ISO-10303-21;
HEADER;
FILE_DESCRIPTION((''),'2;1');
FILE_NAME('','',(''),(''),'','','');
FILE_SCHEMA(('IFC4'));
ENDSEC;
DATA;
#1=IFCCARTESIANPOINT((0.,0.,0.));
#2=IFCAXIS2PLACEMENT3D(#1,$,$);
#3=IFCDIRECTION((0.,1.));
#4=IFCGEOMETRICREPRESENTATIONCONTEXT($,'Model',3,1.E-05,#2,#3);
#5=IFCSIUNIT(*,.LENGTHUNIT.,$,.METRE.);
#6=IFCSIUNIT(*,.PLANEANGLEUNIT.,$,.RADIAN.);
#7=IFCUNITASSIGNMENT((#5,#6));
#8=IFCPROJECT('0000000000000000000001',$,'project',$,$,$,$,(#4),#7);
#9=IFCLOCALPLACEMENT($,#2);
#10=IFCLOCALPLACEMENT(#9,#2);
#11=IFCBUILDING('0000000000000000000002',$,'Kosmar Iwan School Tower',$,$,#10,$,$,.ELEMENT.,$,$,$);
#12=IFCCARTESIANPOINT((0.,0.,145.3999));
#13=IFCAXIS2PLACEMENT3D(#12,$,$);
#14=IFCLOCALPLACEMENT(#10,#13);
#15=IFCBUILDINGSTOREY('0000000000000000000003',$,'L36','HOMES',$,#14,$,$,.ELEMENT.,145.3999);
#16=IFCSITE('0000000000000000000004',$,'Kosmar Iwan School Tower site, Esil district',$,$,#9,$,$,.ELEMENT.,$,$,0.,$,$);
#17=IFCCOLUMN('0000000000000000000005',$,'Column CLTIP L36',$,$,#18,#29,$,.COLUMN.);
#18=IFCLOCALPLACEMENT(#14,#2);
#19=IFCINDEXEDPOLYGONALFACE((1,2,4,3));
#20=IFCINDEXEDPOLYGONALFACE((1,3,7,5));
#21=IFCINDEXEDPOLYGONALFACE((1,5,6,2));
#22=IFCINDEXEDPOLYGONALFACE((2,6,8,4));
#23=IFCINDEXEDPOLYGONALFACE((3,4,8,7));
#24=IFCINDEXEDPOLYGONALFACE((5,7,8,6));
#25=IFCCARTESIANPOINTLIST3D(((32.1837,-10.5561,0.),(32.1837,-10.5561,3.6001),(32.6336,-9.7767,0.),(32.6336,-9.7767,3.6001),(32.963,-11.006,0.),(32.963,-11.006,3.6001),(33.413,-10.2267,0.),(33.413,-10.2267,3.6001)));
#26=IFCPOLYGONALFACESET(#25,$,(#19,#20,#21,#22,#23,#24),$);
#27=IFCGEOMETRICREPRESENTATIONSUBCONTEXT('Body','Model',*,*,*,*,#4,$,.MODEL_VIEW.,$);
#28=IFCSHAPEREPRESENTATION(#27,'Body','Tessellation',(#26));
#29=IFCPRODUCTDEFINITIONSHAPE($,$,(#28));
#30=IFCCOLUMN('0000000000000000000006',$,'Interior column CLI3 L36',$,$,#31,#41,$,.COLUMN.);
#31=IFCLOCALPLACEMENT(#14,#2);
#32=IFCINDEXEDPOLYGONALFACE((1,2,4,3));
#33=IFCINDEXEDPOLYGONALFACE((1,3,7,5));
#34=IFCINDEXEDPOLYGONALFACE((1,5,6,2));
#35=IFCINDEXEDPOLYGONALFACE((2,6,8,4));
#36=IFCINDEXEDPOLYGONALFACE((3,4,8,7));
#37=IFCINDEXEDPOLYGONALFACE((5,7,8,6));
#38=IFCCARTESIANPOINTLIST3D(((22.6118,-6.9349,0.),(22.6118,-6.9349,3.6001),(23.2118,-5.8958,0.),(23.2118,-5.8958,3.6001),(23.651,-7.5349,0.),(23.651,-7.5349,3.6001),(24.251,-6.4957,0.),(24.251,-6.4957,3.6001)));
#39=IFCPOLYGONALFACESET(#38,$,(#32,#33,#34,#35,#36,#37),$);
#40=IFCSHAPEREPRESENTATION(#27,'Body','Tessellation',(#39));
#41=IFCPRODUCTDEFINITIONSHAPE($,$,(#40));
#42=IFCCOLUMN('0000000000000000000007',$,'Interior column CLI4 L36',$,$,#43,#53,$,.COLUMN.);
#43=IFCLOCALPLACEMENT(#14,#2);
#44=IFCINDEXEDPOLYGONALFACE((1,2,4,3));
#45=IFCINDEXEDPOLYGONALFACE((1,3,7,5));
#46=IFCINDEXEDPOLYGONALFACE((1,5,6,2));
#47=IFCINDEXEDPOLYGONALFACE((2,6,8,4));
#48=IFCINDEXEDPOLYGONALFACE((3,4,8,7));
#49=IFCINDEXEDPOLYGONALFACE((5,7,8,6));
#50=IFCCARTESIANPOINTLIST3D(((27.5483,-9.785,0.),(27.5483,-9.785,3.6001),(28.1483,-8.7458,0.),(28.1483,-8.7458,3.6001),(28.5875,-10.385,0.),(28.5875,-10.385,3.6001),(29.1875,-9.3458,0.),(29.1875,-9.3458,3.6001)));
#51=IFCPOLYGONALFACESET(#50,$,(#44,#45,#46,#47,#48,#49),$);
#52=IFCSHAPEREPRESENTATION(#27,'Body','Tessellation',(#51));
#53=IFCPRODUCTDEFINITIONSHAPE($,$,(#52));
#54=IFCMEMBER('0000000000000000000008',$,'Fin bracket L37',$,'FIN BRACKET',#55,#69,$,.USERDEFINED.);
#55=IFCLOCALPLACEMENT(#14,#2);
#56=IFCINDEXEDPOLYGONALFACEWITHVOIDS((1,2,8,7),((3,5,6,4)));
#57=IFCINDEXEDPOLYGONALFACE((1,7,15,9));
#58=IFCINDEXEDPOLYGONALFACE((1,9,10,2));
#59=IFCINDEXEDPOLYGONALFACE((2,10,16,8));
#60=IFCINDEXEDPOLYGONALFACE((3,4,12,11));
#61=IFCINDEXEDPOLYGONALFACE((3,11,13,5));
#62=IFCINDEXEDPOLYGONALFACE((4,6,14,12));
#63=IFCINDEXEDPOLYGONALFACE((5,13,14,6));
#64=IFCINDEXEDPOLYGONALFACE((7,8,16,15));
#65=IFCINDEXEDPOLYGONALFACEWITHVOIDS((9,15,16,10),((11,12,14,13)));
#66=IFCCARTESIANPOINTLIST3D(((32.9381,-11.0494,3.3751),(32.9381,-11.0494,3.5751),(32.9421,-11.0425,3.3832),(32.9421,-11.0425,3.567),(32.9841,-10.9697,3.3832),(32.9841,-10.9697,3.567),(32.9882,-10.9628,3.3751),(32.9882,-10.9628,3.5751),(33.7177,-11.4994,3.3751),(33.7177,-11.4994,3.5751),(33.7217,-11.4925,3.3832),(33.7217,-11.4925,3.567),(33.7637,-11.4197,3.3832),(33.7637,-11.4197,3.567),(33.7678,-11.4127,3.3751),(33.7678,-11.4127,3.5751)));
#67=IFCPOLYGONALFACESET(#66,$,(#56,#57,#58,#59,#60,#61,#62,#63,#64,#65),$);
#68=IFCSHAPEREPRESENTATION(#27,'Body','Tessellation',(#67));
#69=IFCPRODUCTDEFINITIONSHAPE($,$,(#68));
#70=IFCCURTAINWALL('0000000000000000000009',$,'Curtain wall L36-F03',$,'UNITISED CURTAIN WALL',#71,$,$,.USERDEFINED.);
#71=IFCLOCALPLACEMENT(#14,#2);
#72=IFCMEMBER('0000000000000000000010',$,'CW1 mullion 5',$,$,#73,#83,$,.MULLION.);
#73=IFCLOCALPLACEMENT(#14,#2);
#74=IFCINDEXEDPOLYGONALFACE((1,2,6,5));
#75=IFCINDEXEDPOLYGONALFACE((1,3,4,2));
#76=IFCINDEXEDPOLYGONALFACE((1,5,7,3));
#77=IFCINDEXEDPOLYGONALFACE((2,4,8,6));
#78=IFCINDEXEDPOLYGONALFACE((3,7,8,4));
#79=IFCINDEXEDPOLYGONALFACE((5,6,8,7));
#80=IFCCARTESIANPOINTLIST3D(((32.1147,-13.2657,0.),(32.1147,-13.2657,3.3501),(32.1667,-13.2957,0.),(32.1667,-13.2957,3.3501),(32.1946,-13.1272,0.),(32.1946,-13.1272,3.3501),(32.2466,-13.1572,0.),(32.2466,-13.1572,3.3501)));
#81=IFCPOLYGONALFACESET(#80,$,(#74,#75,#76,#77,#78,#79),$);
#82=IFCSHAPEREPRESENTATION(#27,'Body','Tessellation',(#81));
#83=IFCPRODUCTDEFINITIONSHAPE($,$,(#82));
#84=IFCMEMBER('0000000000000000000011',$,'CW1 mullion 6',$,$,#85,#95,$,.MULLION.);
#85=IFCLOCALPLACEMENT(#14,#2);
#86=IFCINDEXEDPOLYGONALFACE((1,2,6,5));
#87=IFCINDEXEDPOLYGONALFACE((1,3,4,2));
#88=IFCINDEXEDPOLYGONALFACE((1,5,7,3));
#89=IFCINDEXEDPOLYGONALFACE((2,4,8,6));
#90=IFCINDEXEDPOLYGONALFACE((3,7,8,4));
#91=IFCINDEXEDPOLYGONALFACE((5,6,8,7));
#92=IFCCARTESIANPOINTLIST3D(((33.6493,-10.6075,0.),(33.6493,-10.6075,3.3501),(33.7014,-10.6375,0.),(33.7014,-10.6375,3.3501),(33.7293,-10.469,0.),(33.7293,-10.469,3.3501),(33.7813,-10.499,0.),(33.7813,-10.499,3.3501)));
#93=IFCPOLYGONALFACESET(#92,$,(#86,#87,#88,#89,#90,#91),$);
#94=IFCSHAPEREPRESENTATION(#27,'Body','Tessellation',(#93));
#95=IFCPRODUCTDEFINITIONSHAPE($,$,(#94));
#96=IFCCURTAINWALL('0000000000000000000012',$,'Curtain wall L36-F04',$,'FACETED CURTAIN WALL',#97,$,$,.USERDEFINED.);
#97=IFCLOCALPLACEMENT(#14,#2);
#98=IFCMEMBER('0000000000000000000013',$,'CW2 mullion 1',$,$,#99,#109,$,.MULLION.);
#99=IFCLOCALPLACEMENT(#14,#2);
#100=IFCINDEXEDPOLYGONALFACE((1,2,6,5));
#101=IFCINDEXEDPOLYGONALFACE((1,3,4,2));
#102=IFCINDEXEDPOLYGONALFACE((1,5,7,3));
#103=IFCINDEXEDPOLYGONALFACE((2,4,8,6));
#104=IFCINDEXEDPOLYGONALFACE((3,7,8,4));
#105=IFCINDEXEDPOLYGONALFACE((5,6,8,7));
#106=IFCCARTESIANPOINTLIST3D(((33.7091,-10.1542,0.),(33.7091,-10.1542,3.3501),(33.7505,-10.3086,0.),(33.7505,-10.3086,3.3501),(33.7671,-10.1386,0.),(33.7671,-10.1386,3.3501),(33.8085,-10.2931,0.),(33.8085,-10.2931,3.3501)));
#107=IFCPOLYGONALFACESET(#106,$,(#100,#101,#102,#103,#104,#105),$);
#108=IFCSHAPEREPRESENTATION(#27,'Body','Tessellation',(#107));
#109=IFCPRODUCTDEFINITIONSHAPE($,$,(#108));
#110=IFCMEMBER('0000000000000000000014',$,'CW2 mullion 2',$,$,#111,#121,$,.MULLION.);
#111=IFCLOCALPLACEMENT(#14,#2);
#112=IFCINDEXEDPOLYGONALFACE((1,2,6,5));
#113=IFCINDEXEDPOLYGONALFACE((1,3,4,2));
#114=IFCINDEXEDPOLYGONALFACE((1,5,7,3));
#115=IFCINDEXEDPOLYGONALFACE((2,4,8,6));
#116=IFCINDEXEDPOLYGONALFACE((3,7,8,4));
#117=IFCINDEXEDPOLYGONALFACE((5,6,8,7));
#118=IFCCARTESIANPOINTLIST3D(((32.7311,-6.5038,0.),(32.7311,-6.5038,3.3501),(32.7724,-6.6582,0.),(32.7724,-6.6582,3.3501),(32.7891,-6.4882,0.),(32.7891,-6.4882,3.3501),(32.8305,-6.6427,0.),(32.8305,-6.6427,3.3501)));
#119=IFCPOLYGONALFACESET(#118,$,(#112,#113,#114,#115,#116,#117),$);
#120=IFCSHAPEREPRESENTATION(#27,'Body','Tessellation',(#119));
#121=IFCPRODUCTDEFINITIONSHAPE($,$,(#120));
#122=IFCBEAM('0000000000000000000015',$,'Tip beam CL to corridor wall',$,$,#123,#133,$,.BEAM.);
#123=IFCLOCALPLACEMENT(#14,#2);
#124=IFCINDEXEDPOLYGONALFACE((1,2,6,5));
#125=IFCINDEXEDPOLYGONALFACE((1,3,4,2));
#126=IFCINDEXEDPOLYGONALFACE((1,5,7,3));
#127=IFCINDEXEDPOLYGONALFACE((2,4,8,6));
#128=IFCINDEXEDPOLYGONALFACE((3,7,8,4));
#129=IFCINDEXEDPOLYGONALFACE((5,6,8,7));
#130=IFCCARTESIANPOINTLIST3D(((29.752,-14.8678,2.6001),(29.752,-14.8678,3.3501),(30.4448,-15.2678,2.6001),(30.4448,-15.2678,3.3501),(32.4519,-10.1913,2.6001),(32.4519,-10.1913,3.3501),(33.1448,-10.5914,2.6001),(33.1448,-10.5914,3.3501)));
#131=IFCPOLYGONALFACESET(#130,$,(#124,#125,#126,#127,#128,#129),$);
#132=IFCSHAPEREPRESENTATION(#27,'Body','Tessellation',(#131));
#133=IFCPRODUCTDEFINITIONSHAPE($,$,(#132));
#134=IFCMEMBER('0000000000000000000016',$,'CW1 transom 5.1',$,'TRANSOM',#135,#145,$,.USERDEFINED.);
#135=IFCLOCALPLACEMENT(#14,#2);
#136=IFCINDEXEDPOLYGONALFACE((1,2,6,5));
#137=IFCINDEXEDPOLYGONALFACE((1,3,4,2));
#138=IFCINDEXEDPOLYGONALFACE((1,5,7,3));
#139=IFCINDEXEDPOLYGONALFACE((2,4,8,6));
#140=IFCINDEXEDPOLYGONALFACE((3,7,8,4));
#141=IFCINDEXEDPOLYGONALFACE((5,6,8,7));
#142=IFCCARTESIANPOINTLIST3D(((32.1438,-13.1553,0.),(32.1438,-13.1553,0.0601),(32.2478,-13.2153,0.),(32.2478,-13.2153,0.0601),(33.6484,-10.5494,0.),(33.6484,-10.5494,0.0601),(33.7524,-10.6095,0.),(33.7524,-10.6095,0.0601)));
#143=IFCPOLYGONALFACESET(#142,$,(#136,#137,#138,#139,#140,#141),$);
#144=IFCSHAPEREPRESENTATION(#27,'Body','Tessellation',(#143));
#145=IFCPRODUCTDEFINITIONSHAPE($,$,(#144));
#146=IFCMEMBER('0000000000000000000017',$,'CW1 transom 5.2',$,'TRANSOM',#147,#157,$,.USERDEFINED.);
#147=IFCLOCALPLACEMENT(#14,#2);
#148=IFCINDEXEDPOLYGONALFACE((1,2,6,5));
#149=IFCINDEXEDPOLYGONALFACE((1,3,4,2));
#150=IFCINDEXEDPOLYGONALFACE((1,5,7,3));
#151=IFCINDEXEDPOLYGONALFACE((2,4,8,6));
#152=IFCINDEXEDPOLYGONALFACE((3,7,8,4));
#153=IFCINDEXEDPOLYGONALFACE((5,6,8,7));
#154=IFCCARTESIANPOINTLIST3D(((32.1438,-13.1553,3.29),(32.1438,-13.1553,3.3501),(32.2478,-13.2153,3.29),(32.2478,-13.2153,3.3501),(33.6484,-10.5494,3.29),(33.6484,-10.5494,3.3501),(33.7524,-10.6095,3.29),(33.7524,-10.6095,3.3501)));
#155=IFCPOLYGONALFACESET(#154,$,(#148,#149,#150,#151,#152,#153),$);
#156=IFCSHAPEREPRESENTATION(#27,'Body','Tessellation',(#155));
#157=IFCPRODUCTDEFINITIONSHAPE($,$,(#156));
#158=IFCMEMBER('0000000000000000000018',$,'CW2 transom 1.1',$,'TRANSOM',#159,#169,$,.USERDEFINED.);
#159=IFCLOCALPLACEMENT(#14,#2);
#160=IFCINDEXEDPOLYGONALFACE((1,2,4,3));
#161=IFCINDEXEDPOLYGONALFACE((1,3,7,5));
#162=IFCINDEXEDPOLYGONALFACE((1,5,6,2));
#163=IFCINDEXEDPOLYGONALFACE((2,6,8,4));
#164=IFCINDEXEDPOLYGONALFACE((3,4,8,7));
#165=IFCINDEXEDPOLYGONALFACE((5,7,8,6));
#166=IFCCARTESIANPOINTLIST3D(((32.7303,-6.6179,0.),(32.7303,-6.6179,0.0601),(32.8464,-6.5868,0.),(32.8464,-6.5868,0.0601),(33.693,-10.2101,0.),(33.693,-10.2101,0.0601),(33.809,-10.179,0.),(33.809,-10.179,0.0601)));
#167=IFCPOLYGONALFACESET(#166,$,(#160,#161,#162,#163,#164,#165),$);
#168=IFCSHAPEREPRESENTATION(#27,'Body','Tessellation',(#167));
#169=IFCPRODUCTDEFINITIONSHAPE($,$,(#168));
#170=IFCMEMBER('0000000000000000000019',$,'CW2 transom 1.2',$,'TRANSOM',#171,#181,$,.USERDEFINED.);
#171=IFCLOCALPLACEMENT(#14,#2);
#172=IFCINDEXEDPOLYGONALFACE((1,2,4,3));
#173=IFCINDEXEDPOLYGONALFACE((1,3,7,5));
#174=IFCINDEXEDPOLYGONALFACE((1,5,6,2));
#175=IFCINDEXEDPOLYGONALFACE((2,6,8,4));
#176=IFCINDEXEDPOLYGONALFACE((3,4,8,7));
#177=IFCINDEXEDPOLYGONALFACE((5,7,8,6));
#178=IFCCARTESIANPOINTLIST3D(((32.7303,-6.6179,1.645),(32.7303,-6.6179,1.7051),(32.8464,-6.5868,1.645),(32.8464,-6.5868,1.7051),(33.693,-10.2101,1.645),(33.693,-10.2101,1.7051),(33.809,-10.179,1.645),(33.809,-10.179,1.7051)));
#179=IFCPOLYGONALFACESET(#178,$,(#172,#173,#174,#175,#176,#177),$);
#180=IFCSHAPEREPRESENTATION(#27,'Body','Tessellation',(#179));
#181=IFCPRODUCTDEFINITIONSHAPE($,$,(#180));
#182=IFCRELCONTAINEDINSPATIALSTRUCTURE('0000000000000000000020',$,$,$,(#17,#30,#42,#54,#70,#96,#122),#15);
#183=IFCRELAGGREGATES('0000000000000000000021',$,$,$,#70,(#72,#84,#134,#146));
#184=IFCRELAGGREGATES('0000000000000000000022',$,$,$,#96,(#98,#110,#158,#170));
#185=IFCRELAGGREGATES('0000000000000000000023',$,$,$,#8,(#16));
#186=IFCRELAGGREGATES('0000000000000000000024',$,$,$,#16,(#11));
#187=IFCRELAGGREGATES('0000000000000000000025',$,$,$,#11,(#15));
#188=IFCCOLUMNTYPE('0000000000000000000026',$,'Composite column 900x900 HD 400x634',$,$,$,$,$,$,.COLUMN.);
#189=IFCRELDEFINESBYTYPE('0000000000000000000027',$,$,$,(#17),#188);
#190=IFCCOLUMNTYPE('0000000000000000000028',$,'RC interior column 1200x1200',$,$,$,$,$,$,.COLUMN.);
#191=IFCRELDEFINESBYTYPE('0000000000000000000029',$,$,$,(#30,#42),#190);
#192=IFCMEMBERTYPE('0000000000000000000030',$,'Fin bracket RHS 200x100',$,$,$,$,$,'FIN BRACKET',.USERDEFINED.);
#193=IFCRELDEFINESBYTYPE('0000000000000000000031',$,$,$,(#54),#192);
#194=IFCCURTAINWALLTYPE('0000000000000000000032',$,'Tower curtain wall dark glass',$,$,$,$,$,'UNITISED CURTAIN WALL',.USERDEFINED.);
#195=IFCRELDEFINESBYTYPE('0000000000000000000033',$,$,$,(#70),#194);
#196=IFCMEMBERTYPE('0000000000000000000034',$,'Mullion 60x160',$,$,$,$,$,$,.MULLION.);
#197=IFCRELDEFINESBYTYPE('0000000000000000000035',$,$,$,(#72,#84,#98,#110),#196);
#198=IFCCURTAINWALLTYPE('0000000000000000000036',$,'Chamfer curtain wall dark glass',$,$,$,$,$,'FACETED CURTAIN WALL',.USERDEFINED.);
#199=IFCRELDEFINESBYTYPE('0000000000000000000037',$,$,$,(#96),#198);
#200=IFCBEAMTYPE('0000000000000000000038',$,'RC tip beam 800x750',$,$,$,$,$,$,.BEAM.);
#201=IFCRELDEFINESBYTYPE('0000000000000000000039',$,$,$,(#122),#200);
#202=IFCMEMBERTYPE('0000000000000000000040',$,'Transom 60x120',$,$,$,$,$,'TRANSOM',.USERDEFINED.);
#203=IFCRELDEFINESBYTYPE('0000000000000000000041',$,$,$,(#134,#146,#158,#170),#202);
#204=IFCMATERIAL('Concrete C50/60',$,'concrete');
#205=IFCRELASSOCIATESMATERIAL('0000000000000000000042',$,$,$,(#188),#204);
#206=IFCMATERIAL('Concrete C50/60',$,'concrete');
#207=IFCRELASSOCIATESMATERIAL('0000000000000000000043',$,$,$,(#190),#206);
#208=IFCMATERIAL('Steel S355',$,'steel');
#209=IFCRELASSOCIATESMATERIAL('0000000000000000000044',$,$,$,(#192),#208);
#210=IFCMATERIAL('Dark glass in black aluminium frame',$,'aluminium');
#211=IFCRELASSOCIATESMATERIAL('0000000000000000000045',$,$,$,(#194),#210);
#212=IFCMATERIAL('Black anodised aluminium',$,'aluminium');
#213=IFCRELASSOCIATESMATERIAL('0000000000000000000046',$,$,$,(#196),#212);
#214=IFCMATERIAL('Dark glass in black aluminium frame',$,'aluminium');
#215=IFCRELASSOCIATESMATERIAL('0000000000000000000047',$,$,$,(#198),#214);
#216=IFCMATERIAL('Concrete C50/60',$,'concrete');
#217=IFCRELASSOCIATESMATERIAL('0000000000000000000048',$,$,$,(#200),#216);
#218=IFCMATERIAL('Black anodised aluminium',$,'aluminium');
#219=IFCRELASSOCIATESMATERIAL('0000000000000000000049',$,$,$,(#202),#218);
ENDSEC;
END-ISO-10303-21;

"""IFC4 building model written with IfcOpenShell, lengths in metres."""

from ifc_helpers import new_model, si_unit, direction, frame, origin, origin_2d, place, context, subcontext, project, spatial, rectangle, hollow_rectangle, extrude, material, material_profile, profile_set, type_object, element, aggregate, save


model = new_model("IFC4")

# Units and contexts
model_context = context("Model", 3, precision=1e-05, world=origin(), true_north=direction((0.0, 1.0)))
body_context = subcontext(model_context, "Body", "Model", "MODEL_VIEW")
ifc_project = project(units=[si_unit("LENGTHUNIT", "METRE"), si_unit("PLANEANGLEUNIT", "RADIAN")], contexts=[model_context])

# Site, building, storey
site_placement = place(None, origin())
site = spatial("IfcSite", under=ifc_project, at=site_placement, Name="Kosmar Iwan School Tower site, Esil district", CompositionType="ELEMENT", RefElevation=0.0)
building_placement = place(site_placement, origin())
building = spatial("IfcBuilding", under=site, at=building_placement, Name="Kosmar Iwan School Tower", CompositionType="ELEMENT")
storey_placement = place(building_placement, frame((0.0, 0.0, 145.3999)))
storey = spatial("IfcBuildingStorey", under=building, at=storey_placement, Name="L36", Description="HOMES", CompositionType="ELEMENT", Elevation=145.3999)

# Columns
ifc_material_1 = material(Name="Concrete C50/60", Category="concrete")
ifc_material_profile_1 = material_profile(ifc_material_1, rectangle(XDim=0.8999, YDim=0.8999, at=origin_2d()), Name="RC 900x900 + HD 400x634")
ifc_profile_set_1 = profile_set([ifc_material_profile_1], Name="Concrete C50/60")
column_type_1 = type_object("IfcColumnType", Name="Composite column 900x900 HD 400x634", PredefinedType="COLUMN", material=ifc_profile_set_1)
column_placement = place(storey_placement, frame((32.7983, -10.3914, 0.0), z_axis=(0.0, 0.0, 1.0), x_axis=(0.866025, -0.5, 0.0)))
element("IfcColumn", 1, at=column_placement, inside=storey, type_object=column_type_1, Name="Column CLTIP L36", PredefinedType="COLUMN", context=body_context, shape_type="SweptSolid", body=[
    extrude(rectangle(XDim=0.8999, YDim=0.8999, at=origin_2d()), origin(), (0.0, 0.0, 1.0), 3.6001),
])
ifc_material_2 = material(Name="Concrete C50/60", Category="concrete")
ifc_material_profile_2 = material_profile(ifc_material_2, rectangle(XDim=1.2, YDim=1.2, at=origin_2d()), Name="RC 1200x1200")
ifc_profile_set_2 = profile_set([ifc_material_profile_2], Name="Concrete C50/60")
column_type_2 = type_object("IfcColumnType", Name="RC interior column 1200x1200", PredefinedType="COLUMN", material=ifc_profile_set_2)
for number, where, z_axis, x_axis, name in (
    (2, (23.4314, -6.7153, 0.0), (0.0, 0.0, 1.0), (0.866025, -0.5, 0.0), "Interior column CLI3 L36"),
    (3, (28.3679, -9.5654, 0.0), (0.0, 0.0, 1.0), (0.866025, -0.5, 0.0), "Interior column CLI4 L36"),
):
    element("IfcColumn", number, at=place(storey_placement, frame(where, z_axis=z_axis, x_axis=x_axis)), inside=storey, type_object=column_type_2, Name=name, PredefinedType="COLUMN", context=body_context, shape_type="SweptSolid", body=[
        extrude(rectangle(XDim=1.2, YDim=1.2, at=origin_2d()), origin(), (0.0, 0.0, 1.0), 3.6001),
    ])

# Member
ifc_material_3 = material(Name="Steel S355", Category="steel")
ifc_material_profile_3 = material_profile(ifc_material_3, hollow_rectangle(XDim=0.1001, YDim=0.2, WallThickness=0.0081, at=origin_2d()), Name="RHS 200x100x8")
ifc_profile_set_3 = profile_set([ifc_material_profile_3], Name="Steel S355")
member_type_1 = type_object("IfcMemberType", Name="Fin bracket RHS 200x100", ElementType="FIN BRACKET", PredefinedType="USERDEFINED", material=ifc_profile_set_3)
member_1_placement = place(storey_placement, frame((32.9631, -11.0061, 3.4751), z_axis=(0.866082, -0.499902, 0.0), x_axis=(0.499902, 0.866082, 0.0)))
element("IfcMember", 4, at=member_1_placement, inside=storey, type_object=member_type_1, Name="Fin bracket L37", ObjectType="FIN BRACKET", PredefinedType="USERDEFINED", context=body_context, shape_type="SweptSolid", body=[
    extrude(hollow_rectangle(XDim=0.1001, YDim=0.2, WallThickness=0.0081, at=origin_2d()), origin(), (0.0, 0.0, 1.0), 0.9001),
])

# Curtain walls, members
ifc_material_4 = material(Name="Dark glass in black aluminium frame", Category="aluminium")
curtain_wall_type_1 = type_object("IfcCurtainWallType", Name="Tower curtain wall dark glass", ElementType="UNITISED CURTAIN WALL", PredefinedType="USERDEFINED", material=ifc_material_4)
curtain_wall_1_placement = place(storey_placement, origin())
curtain_wall_1 = element("IfcCurtainWall", 5, at=curtain_wall_1_placement, inside=storey, type_object=curtain_wall_type_1, Name="Curtain wall L36-F03", ObjectType="UNITISED CURTAIN WALL", PredefinedType="USERDEFINED")
ifc_material_5 = material(Name="Black anodised aluminium", Category="aluminium")
ifc_material_profile_4 = material_profile(ifc_material_5, rectangle(XDim=0.0601, YDim=0.1599, at=origin_2d()), Name="MULLION 60x160")
ifc_profile_set_4 = profile_set([ifc_material_profile_4], Name="Black anodised aluminium")
member_type_2 = type_object("IfcMemberType", Name="Mullion 60x160", PredefinedType="MULLION", material=ifc_profile_set_4)
member_2_placement = place(storey_placement, frame((32.1807, -13.2114, 0.0), z_axis=(0.0, 0.0, 1.0), x_axis=(-0.866025, 0.5, 0.0)))
member_2 = element("IfcMember", 6, at=member_2_placement, type_object=member_type_2, Name="CW1 mullion 5", PredefinedType="MULLION", context=body_context, shape_type="SweptSolid", body=[
    extrude(rectangle(XDim=0.0601, YDim=0.1599, at=origin_2d()), origin(), (0.0, 0.0, 1.0), 3.3501),
])
member_3_placement = place(storey_placement, frame((33.7153, -10.5532, 0.0), z_axis=(0.0, 0.0, 1.0), x_axis=(-0.866025, 0.5, 0.0)))
member_3 = element("IfcMember", 7, at=member_3_placement, type_object=member_type_2, Name="CW1 mullion 6", PredefinedType="MULLION", context=body_context, shape_type="SweptSolid", body=[
    extrude(rectangle(XDim=0.0601, YDim=0.1599, at=origin_2d()), origin(), (0.0, 0.0, 1.0), 3.3501),
])
ifc_material_6 = material(Name="Dark glass in black aluminium frame", Category="aluminium")
curtain_wall_type_2 = type_object("IfcCurtainWallType", Name="Chamfer curtain wall dark glass", ElementType="FACETED CURTAIN WALL", PredefinedType="USERDEFINED", material=ifc_material_6)
curtain_wall_2_placement = place(storey_placement, origin())
curtain_wall_2 = element("IfcCurtainWall", 8, at=curtain_wall_2_placement, inside=storey, type_object=curtain_wall_type_2, Name="Curtain wall L36-F04", ObjectType="FACETED CURTAIN WALL", PredefinedType="USERDEFINED")
member_4_placement = place(storey_placement, frame((33.7588, -10.2236, 0.0), z_axis=(0.0, 0.0, 1.0), x_axis=(-0.965926, -0.258819, 0.0)))
member_4 = element("IfcMember", 9, at=member_4_placement, type_object=member_type_2, Name="CW2 mullion 1", PredefinedType="MULLION", context=body_context, shape_type="SweptSolid", body=[
    extrude(rectangle(XDim=0.0601, YDim=0.1599, at=origin_2d()), origin(), (0.0, 0.0, 1.0), 3.3501),
])
member_5_placement = place(storey_placement, frame((32.7808, -6.5732, 0.0), z_axis=(0.0, 0.0, 1.0), x_axis=(-0.965926, -0.258819, 0.0)))
member_5 = element("IfcMember", 10, at=member_5_placement, type_object=member_type_2, Name="CW2 mullion 2", PredefinedType="MULLION", context=body_context, shape_type="SweptSolid", body=[
    extrude(rectangle(XDim=0.0601, YDim=0.1599, at=origin_2d()), origin(), (0.0, 0.0, 1.0), 3.3501),
])

# Beam
ifc_material_7 = material(Name="Concrete C50/60", Category="concrete")
ifc_material_profile_5 = material_profile(ifc_material_7, rectangle(XDim=0.8, YDim=0.75, at=origin_2d()), Name="RC 800x750")
ifc_profile_set_5 = profile_set([ifc_material_profile_5], Name="Concrete C50/60")
beam_type = type_object("IfcBeamType", Name="RC tip beam 800x750", PredefinedType="BEAM", material=ifc_profile_set_5)
beam_placement = place(storey_placement, frame((32.7983, -10.3914, 2.9751), z_axis=(-0.499995, -0.866028, 0.0), x_axis=(0.866028, -0.499995, 0.0)))
element("IfcBeam", 11, at=beam_placement, inside=storey, type_object=beam_type, Name="Tip beam CL to corridor wall", PredefinedType="BEAM", context=body_context, shape_type="SweptSolid", body=[
    extrude(rectangle(XDim=0.8, YDim=0.75, at=origin_2d()), origin(), (0.0, 0.0, 1.0), 5.3999),
])

# Members
ifc_material_8 = material(Name="Black anodised aluminium", Category="aluminium")
ifc_material_profile_6 = material_profile(ifc_material_8, rectangle(XDim=0.1201, YDim=0.0601, at=origin_2d()), Name="TRANSOM 60x120")
ifc_profile_set_6 = profile_set([ifc_material_profile_6], Name="Black anodised aluminium")
member_type_3 = type_object("IfcMemberType", Name="Transom 60x120", ElementType="TRANSOM", PredefinedType="USERDEFINED", material=ifc_profile_set_6)
member_6_placement = place(storey_placement, frame((32.1958, -13.1853, 0.03), z_axis=(0.500022, 0.866013, 0.0), x_axis=(-0.866013, 0.500022, 0.0)))
member_6 = element("IfcMember", 12, at=member_6_placement, type_object=member_type_3, Name="CW1 transom 5.1", ObjectType="TRANSOM", PredefinedType="USERDEFINED", context=body_context, shape_type="SweptSolid", body=[
    extrude(rectangle(XDim=0.1201, YDim=0.0601, at=origin_2d()), origin(), (0.0, 0.0, 1.0), 3.009),
])
member_7_placement = place(storey_placement, frame((32.1958, -13.1853, 3.3201), z_axis=(0.500022, 0.866013, 0.0), x_axis=(-0.866013, 0.500022, 0.0)))
member_7 = element("IfcMember", 13, at=member_7_placement, type_object=member_type_3, Name="CW1 transom 5.2", ObjectType="TRANSOM", PredefinedType="USERDEFINED", context=body_context, shape_type="SweptSolid", body=[
    extrude(rectangle(XDim=0.1201, YDim=0.0601, at=origin_2d()), origin(), (0.0, 0.0, 1.0), 3.009),
])
member_8_placement = place(storey_placement, frame((33.751, -10.1946, 0.03), z_axis=(-0.258843, 0.965919, 0.0), x_axis=(-0.965919, -0.258843, 0.0)))
member_8 = element("IfcMember", 14, at=member_8_placement, type_object=member_type_3, Name="CW2 transom 1.1", ObjectType="TRANSOM", PredefinedType="USERDEFINED", context=body_context, shape_type="SweptSolid", body=[
    extrude(rectangle(XDim=0.1201, YDim=0.0601, at=origin_2d()), origin(), (0.0, 0.0, 1.0), 3.719),
])
member_9_placement = place(storey_placement, frame((33.751, -10.1946, 1.675), z_axis=(-0.258843, 0.965919, 0.0), x_axis=(-0.965919, -0.258843, 0.0)))
member_9 = element("IfcMember", 15, at=member_9_placement, type_object=member_type_3, Name="CW2 transom 1.2", ObjectType="TRANSOM", PredefinedType="USERDEFINED", context=body_context, shape_type="SweptSolid", body=[
    extrude(rectangle(XDim=0.1201, YDim=0.0601, at=origin_2d()), origin(), (0.0, 0.0, 1.0), 3.719),
])

aggregate(curtain_wall_1, [member_2, member_3, member_6, member_7])
aggregate(curtain_wall_2, [member_4, member_5, member_8, member_9])

save(model, "model.ifc")
